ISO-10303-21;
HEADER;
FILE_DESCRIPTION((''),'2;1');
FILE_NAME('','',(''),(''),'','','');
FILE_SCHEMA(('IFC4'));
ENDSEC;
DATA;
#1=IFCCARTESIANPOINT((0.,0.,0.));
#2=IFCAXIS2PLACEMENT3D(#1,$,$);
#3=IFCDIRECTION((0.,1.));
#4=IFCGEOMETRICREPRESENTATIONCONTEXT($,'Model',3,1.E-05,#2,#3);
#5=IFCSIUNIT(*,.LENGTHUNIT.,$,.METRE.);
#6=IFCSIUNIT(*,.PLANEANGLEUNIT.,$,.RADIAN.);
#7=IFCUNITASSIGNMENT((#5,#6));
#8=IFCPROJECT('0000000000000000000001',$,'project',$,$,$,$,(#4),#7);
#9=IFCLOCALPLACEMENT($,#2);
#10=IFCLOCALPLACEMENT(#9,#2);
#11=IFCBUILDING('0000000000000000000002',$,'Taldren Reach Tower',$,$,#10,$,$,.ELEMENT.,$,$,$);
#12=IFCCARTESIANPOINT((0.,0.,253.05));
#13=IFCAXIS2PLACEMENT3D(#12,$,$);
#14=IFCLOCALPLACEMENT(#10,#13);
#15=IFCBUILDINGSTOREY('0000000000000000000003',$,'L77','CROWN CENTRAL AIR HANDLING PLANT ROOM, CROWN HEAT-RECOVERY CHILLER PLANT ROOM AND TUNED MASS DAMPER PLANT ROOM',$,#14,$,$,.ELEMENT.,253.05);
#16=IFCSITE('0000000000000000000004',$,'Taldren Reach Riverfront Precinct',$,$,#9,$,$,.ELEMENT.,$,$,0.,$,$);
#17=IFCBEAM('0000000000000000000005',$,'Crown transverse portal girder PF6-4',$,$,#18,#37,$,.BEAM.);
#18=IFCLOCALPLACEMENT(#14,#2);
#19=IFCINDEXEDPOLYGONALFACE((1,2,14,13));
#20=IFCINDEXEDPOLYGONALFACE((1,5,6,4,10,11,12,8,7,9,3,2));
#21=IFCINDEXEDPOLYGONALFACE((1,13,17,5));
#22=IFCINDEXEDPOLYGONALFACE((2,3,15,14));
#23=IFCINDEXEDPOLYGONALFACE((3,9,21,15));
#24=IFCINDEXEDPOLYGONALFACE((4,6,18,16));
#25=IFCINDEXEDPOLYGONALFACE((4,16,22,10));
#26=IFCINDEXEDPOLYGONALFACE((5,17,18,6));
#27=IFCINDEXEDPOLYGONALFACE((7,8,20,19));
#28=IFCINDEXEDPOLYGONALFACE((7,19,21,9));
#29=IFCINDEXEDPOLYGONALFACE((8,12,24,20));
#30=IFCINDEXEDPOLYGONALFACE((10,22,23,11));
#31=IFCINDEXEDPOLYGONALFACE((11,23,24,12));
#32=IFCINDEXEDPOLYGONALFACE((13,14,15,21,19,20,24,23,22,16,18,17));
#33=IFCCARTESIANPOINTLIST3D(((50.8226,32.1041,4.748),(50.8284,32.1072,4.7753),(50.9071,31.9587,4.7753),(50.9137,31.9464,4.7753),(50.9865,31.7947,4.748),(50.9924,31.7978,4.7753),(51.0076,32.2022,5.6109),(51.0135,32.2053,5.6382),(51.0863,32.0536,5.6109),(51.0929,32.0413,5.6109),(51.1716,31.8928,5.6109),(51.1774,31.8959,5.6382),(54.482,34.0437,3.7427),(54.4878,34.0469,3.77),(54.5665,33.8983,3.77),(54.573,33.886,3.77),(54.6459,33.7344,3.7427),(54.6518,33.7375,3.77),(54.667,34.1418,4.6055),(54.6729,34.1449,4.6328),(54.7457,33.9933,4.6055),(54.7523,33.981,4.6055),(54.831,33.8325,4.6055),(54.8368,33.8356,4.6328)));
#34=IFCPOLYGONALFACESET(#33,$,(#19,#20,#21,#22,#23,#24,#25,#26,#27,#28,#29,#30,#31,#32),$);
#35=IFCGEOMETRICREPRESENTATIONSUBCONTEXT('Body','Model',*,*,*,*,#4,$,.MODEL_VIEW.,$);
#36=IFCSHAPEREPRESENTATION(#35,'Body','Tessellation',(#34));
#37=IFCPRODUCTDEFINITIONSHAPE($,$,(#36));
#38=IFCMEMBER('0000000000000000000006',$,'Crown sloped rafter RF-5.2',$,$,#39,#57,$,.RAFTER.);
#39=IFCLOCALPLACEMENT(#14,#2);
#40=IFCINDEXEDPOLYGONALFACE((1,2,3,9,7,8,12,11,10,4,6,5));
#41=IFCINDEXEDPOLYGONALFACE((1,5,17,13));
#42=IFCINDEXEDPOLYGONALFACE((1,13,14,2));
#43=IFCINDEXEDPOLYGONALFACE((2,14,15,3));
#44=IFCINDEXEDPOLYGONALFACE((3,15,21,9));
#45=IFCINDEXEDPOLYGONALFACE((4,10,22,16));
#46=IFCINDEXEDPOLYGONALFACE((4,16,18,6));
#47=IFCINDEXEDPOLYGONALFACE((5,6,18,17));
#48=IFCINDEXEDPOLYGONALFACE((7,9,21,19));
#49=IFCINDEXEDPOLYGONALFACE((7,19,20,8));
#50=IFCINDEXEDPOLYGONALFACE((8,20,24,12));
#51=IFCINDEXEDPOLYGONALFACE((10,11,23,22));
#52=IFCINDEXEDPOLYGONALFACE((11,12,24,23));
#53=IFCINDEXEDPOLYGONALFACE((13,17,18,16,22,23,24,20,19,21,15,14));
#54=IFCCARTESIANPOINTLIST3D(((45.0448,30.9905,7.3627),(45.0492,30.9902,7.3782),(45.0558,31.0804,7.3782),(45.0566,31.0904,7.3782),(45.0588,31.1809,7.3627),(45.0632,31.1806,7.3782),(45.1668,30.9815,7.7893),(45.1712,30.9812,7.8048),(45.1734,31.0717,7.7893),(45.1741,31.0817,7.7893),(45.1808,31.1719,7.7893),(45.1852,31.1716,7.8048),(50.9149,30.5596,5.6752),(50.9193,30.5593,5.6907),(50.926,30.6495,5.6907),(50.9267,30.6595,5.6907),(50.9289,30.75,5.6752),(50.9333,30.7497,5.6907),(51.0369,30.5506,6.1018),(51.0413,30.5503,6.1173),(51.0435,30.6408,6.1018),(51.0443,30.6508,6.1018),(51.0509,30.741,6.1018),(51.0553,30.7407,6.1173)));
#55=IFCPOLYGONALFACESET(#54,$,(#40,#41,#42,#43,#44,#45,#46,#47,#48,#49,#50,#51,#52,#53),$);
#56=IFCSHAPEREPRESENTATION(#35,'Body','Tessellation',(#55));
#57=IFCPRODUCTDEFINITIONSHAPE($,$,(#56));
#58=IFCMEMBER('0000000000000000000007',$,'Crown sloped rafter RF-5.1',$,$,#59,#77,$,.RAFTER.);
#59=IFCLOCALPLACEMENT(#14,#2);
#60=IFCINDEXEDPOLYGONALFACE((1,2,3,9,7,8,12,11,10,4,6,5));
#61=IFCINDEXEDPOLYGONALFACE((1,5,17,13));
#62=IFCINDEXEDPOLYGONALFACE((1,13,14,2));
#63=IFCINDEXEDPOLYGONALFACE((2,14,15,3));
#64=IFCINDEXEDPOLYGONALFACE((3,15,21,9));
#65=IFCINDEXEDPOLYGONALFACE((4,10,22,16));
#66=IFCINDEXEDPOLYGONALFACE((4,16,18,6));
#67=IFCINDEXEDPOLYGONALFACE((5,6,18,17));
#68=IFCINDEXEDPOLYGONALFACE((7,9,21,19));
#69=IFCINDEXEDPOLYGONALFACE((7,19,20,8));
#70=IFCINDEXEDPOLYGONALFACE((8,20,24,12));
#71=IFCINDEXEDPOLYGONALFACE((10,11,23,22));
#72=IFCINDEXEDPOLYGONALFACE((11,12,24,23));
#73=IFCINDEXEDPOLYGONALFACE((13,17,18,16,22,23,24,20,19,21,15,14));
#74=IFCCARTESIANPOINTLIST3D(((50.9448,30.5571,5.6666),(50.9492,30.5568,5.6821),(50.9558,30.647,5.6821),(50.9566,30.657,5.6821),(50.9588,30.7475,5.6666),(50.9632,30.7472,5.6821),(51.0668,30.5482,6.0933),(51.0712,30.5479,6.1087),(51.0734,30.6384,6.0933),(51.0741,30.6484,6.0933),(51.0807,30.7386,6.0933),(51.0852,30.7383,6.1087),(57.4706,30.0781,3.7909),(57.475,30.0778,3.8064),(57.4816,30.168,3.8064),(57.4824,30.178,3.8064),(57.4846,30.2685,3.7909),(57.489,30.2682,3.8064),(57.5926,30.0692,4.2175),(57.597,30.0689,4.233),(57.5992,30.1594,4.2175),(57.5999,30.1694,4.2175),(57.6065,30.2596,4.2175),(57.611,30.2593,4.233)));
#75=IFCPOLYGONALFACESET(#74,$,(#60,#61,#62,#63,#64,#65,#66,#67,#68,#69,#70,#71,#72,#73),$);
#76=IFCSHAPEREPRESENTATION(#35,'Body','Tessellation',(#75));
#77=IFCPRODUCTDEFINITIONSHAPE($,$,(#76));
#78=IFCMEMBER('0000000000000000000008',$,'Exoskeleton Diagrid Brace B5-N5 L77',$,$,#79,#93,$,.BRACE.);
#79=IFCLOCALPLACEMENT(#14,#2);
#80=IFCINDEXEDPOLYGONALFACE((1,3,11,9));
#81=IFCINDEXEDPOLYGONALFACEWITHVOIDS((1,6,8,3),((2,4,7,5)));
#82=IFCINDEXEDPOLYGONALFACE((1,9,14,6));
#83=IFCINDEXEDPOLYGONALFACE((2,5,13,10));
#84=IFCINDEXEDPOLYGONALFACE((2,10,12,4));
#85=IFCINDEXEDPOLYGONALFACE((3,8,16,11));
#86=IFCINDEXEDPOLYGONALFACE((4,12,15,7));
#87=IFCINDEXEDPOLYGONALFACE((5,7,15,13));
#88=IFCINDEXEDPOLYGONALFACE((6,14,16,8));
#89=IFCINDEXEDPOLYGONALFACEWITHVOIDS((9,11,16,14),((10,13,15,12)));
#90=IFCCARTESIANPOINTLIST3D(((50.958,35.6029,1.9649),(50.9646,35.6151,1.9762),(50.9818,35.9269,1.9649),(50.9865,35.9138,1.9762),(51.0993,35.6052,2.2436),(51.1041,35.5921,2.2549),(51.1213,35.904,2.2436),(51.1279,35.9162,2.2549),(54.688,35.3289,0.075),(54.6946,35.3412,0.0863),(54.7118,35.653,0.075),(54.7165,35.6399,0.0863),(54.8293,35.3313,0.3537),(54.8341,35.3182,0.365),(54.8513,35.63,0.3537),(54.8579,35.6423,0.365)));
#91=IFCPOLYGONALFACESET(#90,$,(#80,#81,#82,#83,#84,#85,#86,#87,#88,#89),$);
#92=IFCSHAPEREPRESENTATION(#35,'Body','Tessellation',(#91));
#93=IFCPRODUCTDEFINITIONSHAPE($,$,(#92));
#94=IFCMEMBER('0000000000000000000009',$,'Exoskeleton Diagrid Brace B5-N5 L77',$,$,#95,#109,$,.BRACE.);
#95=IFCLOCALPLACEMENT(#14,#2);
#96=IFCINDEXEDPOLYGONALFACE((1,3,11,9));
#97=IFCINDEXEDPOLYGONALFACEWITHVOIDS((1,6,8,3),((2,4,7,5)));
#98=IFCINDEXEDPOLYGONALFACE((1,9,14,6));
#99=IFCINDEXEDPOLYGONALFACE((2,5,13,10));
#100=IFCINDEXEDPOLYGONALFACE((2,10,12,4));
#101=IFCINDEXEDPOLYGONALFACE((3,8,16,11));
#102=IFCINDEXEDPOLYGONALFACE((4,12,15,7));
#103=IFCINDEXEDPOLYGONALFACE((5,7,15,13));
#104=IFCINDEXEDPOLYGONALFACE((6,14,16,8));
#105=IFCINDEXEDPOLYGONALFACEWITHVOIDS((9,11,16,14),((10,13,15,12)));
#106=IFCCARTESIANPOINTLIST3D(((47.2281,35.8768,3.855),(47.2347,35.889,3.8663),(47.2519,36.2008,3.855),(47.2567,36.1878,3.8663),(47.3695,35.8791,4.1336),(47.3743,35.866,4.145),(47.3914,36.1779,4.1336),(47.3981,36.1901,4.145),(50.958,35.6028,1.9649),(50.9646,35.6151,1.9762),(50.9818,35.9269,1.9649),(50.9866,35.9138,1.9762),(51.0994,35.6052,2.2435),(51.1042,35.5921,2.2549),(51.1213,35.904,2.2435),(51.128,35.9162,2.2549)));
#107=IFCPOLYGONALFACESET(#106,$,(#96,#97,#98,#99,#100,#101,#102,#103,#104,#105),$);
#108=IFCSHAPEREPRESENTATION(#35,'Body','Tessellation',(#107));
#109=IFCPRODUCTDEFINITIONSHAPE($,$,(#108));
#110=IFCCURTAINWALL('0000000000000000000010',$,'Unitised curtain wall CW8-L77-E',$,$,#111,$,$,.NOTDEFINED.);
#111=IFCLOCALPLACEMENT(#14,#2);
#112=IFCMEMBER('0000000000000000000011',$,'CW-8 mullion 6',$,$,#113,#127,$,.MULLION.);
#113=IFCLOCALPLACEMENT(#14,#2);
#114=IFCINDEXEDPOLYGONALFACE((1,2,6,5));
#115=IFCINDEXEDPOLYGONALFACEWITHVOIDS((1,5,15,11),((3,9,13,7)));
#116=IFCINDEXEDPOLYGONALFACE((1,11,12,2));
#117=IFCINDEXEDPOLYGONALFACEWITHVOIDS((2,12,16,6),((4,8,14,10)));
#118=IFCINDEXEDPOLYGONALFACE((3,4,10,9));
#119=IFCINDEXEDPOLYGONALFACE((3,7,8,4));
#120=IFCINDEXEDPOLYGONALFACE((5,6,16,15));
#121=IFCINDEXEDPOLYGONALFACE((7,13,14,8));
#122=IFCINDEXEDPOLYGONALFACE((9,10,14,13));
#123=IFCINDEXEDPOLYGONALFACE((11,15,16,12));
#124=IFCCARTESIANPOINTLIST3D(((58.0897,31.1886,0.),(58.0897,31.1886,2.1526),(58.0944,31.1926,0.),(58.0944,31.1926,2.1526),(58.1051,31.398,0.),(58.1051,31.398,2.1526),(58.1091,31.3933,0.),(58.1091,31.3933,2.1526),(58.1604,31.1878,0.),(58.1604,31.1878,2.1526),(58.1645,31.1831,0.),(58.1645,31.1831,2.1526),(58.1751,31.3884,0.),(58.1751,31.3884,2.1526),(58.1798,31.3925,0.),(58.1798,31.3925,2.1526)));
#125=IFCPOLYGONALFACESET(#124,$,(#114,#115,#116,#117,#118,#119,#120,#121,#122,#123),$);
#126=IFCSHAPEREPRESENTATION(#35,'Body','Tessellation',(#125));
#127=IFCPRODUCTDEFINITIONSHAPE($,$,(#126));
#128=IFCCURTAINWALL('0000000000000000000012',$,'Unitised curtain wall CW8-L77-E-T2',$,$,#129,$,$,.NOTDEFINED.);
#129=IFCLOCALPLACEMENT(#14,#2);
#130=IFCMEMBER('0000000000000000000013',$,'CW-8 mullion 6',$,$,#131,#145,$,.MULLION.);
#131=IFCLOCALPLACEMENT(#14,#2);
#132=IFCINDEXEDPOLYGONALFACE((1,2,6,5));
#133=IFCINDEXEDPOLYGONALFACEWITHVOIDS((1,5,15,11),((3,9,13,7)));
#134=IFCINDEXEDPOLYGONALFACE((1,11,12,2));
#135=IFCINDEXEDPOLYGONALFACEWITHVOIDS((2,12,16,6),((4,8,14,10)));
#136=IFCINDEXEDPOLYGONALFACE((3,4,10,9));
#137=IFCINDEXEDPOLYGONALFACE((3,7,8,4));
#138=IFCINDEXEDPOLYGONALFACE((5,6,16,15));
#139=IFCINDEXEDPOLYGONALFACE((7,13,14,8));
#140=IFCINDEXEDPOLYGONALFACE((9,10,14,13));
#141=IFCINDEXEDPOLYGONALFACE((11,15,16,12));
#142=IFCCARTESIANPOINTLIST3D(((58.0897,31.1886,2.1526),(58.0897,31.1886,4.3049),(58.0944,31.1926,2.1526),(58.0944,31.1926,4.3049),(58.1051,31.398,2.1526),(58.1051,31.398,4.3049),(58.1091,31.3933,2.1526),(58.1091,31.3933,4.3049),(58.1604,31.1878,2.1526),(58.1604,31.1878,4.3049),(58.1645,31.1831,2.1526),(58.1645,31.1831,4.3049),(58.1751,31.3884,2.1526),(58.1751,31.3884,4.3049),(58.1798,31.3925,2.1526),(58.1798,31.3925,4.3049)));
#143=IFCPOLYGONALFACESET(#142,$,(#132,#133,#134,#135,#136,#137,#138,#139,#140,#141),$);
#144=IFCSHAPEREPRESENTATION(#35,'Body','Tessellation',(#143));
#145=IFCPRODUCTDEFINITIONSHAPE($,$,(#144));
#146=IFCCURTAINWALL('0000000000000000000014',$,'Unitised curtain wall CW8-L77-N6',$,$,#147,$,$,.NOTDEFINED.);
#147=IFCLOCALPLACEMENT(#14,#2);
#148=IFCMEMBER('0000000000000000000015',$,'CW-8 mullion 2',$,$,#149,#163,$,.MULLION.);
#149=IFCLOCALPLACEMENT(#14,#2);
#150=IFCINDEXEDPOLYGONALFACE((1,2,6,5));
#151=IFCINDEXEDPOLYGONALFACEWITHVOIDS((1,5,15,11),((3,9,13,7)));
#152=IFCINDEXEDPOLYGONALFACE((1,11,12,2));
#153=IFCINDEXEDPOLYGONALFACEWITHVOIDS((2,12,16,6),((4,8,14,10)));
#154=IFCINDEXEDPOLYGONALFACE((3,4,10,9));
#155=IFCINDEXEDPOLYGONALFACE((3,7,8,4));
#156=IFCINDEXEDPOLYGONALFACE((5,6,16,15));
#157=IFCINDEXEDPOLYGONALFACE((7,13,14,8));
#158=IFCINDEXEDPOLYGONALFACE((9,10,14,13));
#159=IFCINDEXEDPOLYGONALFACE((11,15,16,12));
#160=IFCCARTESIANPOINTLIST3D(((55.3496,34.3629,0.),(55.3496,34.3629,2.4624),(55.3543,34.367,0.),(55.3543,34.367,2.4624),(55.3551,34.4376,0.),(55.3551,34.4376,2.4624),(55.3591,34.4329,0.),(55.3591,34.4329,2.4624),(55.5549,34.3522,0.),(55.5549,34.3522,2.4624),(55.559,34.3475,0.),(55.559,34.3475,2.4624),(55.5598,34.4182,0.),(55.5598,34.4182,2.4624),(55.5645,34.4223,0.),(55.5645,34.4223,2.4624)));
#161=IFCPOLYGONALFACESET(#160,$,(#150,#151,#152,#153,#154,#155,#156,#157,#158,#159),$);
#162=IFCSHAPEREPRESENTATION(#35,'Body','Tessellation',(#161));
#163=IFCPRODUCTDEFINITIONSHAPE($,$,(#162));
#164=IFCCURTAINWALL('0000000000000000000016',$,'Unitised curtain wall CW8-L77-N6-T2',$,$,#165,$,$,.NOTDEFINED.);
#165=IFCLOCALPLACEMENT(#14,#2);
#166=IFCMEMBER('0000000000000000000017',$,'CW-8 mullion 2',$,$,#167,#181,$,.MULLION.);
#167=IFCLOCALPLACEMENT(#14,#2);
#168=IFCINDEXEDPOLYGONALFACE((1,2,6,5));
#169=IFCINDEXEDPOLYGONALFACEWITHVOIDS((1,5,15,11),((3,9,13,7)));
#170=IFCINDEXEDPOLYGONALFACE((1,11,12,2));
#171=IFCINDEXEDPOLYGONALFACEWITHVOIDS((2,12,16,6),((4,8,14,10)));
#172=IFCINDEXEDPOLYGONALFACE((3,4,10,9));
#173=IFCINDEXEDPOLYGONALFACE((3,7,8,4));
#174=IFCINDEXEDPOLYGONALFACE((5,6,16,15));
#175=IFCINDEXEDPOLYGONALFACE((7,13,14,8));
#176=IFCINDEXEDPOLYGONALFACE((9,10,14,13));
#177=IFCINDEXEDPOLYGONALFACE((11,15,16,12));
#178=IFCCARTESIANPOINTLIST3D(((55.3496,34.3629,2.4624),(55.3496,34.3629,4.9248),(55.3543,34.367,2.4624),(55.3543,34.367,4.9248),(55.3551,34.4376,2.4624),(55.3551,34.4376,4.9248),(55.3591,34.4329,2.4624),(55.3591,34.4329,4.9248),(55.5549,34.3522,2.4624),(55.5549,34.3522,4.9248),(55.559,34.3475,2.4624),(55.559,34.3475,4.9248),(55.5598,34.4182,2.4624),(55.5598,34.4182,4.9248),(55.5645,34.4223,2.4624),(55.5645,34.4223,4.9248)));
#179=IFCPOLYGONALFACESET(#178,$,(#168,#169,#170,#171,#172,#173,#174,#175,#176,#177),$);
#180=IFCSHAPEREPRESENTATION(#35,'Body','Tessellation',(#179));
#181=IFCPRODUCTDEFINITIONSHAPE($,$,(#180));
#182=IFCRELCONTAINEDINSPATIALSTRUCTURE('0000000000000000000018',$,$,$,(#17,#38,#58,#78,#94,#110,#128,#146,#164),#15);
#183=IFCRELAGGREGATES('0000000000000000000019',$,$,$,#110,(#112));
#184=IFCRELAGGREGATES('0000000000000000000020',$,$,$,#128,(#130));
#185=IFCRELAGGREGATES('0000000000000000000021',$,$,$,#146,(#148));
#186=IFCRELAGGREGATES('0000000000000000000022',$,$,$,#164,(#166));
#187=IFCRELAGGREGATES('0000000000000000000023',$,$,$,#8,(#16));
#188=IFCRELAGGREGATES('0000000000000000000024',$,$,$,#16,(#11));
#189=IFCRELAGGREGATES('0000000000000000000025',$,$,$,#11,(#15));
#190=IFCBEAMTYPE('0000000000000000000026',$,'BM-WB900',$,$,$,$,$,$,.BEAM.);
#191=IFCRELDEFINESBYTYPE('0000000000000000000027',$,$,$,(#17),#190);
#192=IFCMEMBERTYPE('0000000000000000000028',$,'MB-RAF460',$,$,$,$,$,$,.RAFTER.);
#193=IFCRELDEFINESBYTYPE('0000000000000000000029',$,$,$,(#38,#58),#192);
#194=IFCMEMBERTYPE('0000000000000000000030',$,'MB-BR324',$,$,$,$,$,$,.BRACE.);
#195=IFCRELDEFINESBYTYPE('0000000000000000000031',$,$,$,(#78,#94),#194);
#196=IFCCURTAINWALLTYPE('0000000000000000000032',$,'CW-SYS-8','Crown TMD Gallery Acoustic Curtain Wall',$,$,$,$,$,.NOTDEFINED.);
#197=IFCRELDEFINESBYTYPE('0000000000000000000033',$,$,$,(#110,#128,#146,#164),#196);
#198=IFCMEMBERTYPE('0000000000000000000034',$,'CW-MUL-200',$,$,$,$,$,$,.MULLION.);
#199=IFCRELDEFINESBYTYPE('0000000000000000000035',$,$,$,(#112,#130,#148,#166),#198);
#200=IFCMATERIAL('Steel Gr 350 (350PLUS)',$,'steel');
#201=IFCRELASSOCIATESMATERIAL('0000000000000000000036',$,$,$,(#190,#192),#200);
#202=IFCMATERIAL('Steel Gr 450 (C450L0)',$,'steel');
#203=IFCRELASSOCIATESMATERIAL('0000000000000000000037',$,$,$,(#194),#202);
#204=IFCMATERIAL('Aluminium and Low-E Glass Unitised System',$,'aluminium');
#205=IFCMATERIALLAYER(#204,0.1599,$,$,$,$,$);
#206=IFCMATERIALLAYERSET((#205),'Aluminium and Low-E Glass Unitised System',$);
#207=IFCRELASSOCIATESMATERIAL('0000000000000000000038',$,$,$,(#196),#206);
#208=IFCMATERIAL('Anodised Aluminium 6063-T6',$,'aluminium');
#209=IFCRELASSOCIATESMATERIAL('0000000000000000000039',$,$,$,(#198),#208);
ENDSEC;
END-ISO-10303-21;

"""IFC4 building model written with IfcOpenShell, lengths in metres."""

from ifc_helpers import new_model, si_unit, direction, frame, origin, origin_2d, place, context, subcontext, project, spatial, hollow_rectangle, i_section, extrude, source, transform, mapped, material, layer, layer_set, material_profile, profile_set, type_object, element, aggregate, save


model = new_model("IFC4")

# Units and contexts
model_context = context("Model", 3, precision=1e-05, world=origin(), true_north=direction((0.0, 1.0)))
body_context = subcontext(model_context, "Body", "Model", "MODEL_VIEW")
ifc_project = project(units=[si_unit("LENGTHUNIT", "METRE"), si_unit("PLANEANGLEUNIT", "RADIAN")], contexts=[model_context])

# Site, building, storey
site_placement = place(None, origin())
site = spatial("IfcSite", under=ifc_project, at=site_placement, Name="Taldren Reach Riverfront Precinct", CompositionType="ELEMENT", RefElevation=0.0)
building_placement = place(site_placement, origin())
building = spatial("IfcBuilding", under=site, at=building_placement, Name="Taldren Reach Tower", CompositionType="ELEMENT")
storey_placement = place(building_placement, frame((0.0, 0.0, 253.05)))
storey = spatial("IfcBuildingStorey", under=building, at=storey_placement, Name="L77", Description="CROWN CENTRAL AIR HANDLING PLANT ROOM, CROWN HEAT-RECOVERY CHILLER PLANT ROOM AND TUNED MASS DAMPER PLANT ROOM", CompositionType="ELEMENT", Elevation=253.05)

# Shared definitions
ifc_material_1 = material(Name="Steel Gr 450 (C450L0)", Category="steel")
ifc_material_2 = material(Name="Steel Gr 350 (350PLUS)", Category="steel")

# Beam
ifc_material_profile_1 = material_profile(ifc_material_2, i_section(OverallWidth=0.3501, OverallDepth=0.916, WebThickness=0.0139, FlangeThickness=0.0281, at=origin_2d()), Name="900WB257")
ifc_profile_set_1 = profile_set([ifc_material_profile_1], Name="Steel Gr 350 (350PLUS)")
beam_type = type_object("IfcBeamType", Name="BM-WB900", PredefinedType="BEAM", material=ifc_profile_set_1)
shared_shape_1 = source(origin(), body_context, "Body", "SweptSolid", [
    extrude(i_section(OverallWidth=0.3501, OverallDepth=0.916, WebThickness=0.0139, FlangeThickness=0.0281, at=origin_2d()), origin(), (0.0, 0.0, 1.0), 4.262),
])
beam_placement = place(storey_placement, frame((51.0, 32.0, 5.1931), z_axis=(0.858618, 0.455115, -0.235892), x_axis=(-0.468332, 0.883553, 0.0)))
element("IfcBeam", 1, at=beam_placement, inside=storey, type_object=beam_type, Name="Crown transverse portal girder PF6-4", PredefinedType="BEAM", context=body_context, shape_type="MappedRepresentation", body=[
    mapped(shared_shape_1, transform((0.0, 0.0, 0.0), scale=1.0)),
])

# Members
ifc_material_profile_2 = material_profile(ifc_material_2, i_section(OverallWidth=0.1909, OverallDepth=0.46, WebThickness=0.01, FlangeThickness=0.0161, at=origin_2d()), Name="460UB82.1")
ifc_profile_set_2 = profile_set([ifc_material_profile_2], Name="Steel Gr 350 (350PLUS)")
member_type_1 = type_object("IfcMemberType", Name="MB-RAF460", PredefinedType="RAFTER", material=ifc_profile_set_2)
shared_shape_2 = source(origin(), body_context, "Body", "SweptSolid", [
    extrude(i_section(OverallWidth=0.1909, OverallDepth=0.46, WebThickness=0.01, FlangeThickness=0.0161, at=origin_2d()), origin(), (0.0, 0.0, 1.0), 6.123),
])
member_1_placement = place(storey_placement, frame((50.9851, 30.6501, 5.8962), z_axis=(-0.958693, 0.070375, 0.275598), x_axis=(-0.07321, -0.997317, 0.0)))
element("IfcMember", 2, at=member_1_placement, inside=storey, type_object=member_type_1, Name="Crown sloped rafter RF-5.2", PredefinedType="RAFTER", context=body_context, shape_type="MappedRepresentation", body=[
    mapped(shared_shape_2, transform((0.0, 0.0, 0.0), scale=1.0)),
])
shared_shape_3 = source(origin(), body_context, "Body", "SweptSolid", [
    extrude(i_section(OverallWidth=0.1909, OverallDepth=0.46, WebThickness=0.01, FlangeThickness=0.0161, at=origin_2d()), origin(), (0.0, 0.0, 1.0), 6.8069),
])
member_2_placement = place(storey_placement, frame((57.5408, 30.1687, 4.012), z_axis=(-0.958705, 0.07037, 0.27556), x_axis=(-0.073204, -0.997317, 0.0)))
element("IfcMember", 3, at=member_2_placement, inside=storey, type_object=member_type_1, Name="Crown sloped rafter RF-5.1", PredefinedType="RAFTER", context=body_context, shape_type="MappedRepresentation", body=[
    mapped(shared_shape_3, transform((0.0, 0.0, 0.0), scale=1.0)),
])
ifc_material_profile_3 = material_profile(ifc_material_1, hollow_rectangle(XDim=0.325, YDim=0.325, WallThickness=0.0127, at=origin_2d()), Name="325x325x12.7SHS")
ifc_profile_set_3 = profile_set([ifc_material_profile_3], Name="Steel Gr 450 (C450L0)")
member_type_2 = type_object("IfcMemberType", Name="MB-BR324", PredefinedType="BRACE", material=ifc_profile_set_3)
shared_shape_4 = source(origin(), body_context, "Body", "SweptSolid", [
    extrude(hollow_rectangle(XDim=0.325, YDim=0.325, WallThickness=0.0127, at=origin_2d()), origin(), (0.0, 0.0, 1.0), 4.1904),
])
for number, where, z_axis, x_axis, name in (
    (4, (54.7729, 35.4856, 0.22), (-0.890124, 0.06537, 0.451005), (-0.073242, -0.997314, 0.0), "Exoskeleton Diagrid Brace B5-N5 L77"),
    (5, (51.043, 35.7595, 2.1099), (-0.890101, 0.065368, 0.451051), (-0.073242, -0.997314, 0.0), "Exoskeleton Diagrid Brace B5-N5 L77"),
):
    element("IfcMember", number, at=place(storey_placement, frame(where, z_axis=z_axis, x_axis=x_axis)), inside=storey, type_object=member_type_2, Name=name, PredefinedType="BRACE", context=body_context, shape_type="MappedRepresentation", body=[
        mapped(shared_shape_4, transform((0.0, 0.0, 0.0), scale=1.0)),
    ])

# Curtain walls, members
ifc_material_3 = material(Name="Aluminium and Low-E Glass Unitised System", Category="aluminium")
ifc_layer_1 = layer(ifc_material_3, 0.1599)
ifc_layer_set_1 = layer_set([ifc_layer_1], Name="Aluminium and Low-E Glass Unitised System")
curtain_wall_type = type_object("IfcCurtainWallType", Name="CW-SYS-8", Description="Crown TMD Gallery Acoustic Curtain Wall", PredefinedType="NOTDEFINED", material=ifc_layer_set_1)
curtain_wall_1_placement = place(storey_placement, origin())
curtain_wall_1 = element("IfcCurtainWall", 6, at=curtain_wall_1_placement, inside=storey, type_object=curtain_wall_type, Name="Unitised curtain wall CW8-L77-E", PredefinedType="NOTDEFINED")
ifc_material_4 = material(Name="Anodised Aluminium 6063-T6", Category="aluminium")
ifc_material_profile_4 = material_profile(ifc_material_4, hollow_rectangle(XDim=0.075, YDim=0.21, WallThickness=0.0044, at=origin_2d()), Name="ALU-210x75x4.5RHS")
ifc_profile_set_4 = profile_set([ifc_material_profile_4], Name="Anodised Aluminium 6063-T6")
member_type_3 = type_object("IfcMemberType", Name="CW-MUL-200", PredefinedType="MULLION", material=ifc_profile_set_4)
shared_shape_5 = source(origin(), body_context, "Body", "SweptSolid", [
    extrude(hollow_rectangle(XDim=0.075, YDim=0.21, WallThickness=0.0044, at=origin_2d()), origin(), (0.0, 0.0, 1.0), 2.1526),
])
member_3_placement = place(storey_placement, frame((58.1348, 31.2905, 0.0), z_axis=(0.0, 0.0, 1.0), x_axis=(-0.997314, 0.073238, 0.0)))
member_3 = element("IfcMember", 7, at=member_3_placement, type_object=member_type_3, Name="CW-8 mullion 6", PredefinedType="MULLION", context=body_context, shape_type="MappedRepresentation", body=[
    mapped(shared_shape_5, transform((0.0, 0.0, 0.0), scale=1.0)),
])
aggregate(curtain_wall_1, [member_3])
curtain_wall_2_placement = place(storey_placement, origin())
curtain_wall_2 = element("IfcCurtainWall", 8, at=curtain_wall_2_placement, inside=storey, type_object=curtain_wall_type, Name="Unitised curtain wall CW8-L77-E-T2", PredefinedType="NOTDEFINED")
shared_shape_6 = source(origin(), body_context, "Body", "SweptSolid", [
    extrude(hollow_rectangle(XDim=0.075, YDim=0.21, WallThickness=0.0044, at=origin_2d()), origin(), (0.0, 0.0, 1.0), 2.1523),
])
member_4_placement = place(storey_placement, frame((58.1348, 31.2905, 2.1526), z_axis=(0.0, 0.0, 1.0), x_axis=(-0.997314, 0.073238, 0.0)))
member_4 = element("IfcMember", 9, at=member_4_placement, type_object=member_type_3, Name="CW-8 mullion 6", PredefinedType="MULLION", context=body_context, shape_type="MappedRepresentation", body=[
    mapped(shared_shape_6, transform((0.0, 0.0, 0.0), scale=1.0)),
])
aggregate(curtain_wall_2, [member_4])
curtain_wall_3_placement = place(storey_placement, origin())
curtain_wall_3 = element("IfcCurtainWall", 10, at=curtain_wall_3_placement, inside=storey, type_object=curtain_wall_type, Name="Unitised curtain wall CW8-L77-N6", PredefinedType="NOTDEFINED")
shared_shape_7 = source(origin(), body_context, "Body", "SweptSolid", [
    extrude(hollow_rectangle(XDim=0.075, YDim=0.21, WallThickness=0.0044, at=origin_2d()), origin(), (0.0, 0.0, 1.0), 2.4624),
])
member_5_placement = place(storey_placement, frame((55.457, 34.3926, 0.0), z_axis=(0.0, 0.0, 1.0), x_axis=(0.073239, 0.997314, 0.0)))
member_5 = element("IfcMember", 11, at=member_5_placement, type_object=member_type_3, Name="CW-8 mullion 2", PredefinedType="MULLION", context=body_context, shape_type="MappedRepresentation", body=[
    mapped(shared_shape_7, transform((0.0, 0.0, 0.0), scale=1.0)),
])
curtain_wall_4_placement = place(storey_placement, origin())
curtain_wall_4 = element("IfcCurtainWall", 12, at=curtain_wall_4_placement, inside=storey, type_object=curtain_wall_type, Name="Unitised curtain wall CW8-L77-N6-T2", PredefinedType="NOTDEFINED")
member_6_placement = place(storey_placement, frame((55.457, 34.3926, 2.4624), z_axis=(0.0, 0.0, 1.0), x_axis=(0.073239, 0.997314, 0.0)))
member_6 = element("IfcMember", 13, at=member_6_placement, type_object=member_type_3, Name="CW-8 mullion 2", PredefinedType="MULLION", context=body_context, shape_type="MappedRepresentation", body=[
    mapped(shared_shape_7, transform((0.0, 0.0, 0.0), scale=1.0)),
])

aggregate(curtain_wall_3, [member_5])
aggregate(curtain_wall_4, [member_6])

save(model, "model.ifc")
